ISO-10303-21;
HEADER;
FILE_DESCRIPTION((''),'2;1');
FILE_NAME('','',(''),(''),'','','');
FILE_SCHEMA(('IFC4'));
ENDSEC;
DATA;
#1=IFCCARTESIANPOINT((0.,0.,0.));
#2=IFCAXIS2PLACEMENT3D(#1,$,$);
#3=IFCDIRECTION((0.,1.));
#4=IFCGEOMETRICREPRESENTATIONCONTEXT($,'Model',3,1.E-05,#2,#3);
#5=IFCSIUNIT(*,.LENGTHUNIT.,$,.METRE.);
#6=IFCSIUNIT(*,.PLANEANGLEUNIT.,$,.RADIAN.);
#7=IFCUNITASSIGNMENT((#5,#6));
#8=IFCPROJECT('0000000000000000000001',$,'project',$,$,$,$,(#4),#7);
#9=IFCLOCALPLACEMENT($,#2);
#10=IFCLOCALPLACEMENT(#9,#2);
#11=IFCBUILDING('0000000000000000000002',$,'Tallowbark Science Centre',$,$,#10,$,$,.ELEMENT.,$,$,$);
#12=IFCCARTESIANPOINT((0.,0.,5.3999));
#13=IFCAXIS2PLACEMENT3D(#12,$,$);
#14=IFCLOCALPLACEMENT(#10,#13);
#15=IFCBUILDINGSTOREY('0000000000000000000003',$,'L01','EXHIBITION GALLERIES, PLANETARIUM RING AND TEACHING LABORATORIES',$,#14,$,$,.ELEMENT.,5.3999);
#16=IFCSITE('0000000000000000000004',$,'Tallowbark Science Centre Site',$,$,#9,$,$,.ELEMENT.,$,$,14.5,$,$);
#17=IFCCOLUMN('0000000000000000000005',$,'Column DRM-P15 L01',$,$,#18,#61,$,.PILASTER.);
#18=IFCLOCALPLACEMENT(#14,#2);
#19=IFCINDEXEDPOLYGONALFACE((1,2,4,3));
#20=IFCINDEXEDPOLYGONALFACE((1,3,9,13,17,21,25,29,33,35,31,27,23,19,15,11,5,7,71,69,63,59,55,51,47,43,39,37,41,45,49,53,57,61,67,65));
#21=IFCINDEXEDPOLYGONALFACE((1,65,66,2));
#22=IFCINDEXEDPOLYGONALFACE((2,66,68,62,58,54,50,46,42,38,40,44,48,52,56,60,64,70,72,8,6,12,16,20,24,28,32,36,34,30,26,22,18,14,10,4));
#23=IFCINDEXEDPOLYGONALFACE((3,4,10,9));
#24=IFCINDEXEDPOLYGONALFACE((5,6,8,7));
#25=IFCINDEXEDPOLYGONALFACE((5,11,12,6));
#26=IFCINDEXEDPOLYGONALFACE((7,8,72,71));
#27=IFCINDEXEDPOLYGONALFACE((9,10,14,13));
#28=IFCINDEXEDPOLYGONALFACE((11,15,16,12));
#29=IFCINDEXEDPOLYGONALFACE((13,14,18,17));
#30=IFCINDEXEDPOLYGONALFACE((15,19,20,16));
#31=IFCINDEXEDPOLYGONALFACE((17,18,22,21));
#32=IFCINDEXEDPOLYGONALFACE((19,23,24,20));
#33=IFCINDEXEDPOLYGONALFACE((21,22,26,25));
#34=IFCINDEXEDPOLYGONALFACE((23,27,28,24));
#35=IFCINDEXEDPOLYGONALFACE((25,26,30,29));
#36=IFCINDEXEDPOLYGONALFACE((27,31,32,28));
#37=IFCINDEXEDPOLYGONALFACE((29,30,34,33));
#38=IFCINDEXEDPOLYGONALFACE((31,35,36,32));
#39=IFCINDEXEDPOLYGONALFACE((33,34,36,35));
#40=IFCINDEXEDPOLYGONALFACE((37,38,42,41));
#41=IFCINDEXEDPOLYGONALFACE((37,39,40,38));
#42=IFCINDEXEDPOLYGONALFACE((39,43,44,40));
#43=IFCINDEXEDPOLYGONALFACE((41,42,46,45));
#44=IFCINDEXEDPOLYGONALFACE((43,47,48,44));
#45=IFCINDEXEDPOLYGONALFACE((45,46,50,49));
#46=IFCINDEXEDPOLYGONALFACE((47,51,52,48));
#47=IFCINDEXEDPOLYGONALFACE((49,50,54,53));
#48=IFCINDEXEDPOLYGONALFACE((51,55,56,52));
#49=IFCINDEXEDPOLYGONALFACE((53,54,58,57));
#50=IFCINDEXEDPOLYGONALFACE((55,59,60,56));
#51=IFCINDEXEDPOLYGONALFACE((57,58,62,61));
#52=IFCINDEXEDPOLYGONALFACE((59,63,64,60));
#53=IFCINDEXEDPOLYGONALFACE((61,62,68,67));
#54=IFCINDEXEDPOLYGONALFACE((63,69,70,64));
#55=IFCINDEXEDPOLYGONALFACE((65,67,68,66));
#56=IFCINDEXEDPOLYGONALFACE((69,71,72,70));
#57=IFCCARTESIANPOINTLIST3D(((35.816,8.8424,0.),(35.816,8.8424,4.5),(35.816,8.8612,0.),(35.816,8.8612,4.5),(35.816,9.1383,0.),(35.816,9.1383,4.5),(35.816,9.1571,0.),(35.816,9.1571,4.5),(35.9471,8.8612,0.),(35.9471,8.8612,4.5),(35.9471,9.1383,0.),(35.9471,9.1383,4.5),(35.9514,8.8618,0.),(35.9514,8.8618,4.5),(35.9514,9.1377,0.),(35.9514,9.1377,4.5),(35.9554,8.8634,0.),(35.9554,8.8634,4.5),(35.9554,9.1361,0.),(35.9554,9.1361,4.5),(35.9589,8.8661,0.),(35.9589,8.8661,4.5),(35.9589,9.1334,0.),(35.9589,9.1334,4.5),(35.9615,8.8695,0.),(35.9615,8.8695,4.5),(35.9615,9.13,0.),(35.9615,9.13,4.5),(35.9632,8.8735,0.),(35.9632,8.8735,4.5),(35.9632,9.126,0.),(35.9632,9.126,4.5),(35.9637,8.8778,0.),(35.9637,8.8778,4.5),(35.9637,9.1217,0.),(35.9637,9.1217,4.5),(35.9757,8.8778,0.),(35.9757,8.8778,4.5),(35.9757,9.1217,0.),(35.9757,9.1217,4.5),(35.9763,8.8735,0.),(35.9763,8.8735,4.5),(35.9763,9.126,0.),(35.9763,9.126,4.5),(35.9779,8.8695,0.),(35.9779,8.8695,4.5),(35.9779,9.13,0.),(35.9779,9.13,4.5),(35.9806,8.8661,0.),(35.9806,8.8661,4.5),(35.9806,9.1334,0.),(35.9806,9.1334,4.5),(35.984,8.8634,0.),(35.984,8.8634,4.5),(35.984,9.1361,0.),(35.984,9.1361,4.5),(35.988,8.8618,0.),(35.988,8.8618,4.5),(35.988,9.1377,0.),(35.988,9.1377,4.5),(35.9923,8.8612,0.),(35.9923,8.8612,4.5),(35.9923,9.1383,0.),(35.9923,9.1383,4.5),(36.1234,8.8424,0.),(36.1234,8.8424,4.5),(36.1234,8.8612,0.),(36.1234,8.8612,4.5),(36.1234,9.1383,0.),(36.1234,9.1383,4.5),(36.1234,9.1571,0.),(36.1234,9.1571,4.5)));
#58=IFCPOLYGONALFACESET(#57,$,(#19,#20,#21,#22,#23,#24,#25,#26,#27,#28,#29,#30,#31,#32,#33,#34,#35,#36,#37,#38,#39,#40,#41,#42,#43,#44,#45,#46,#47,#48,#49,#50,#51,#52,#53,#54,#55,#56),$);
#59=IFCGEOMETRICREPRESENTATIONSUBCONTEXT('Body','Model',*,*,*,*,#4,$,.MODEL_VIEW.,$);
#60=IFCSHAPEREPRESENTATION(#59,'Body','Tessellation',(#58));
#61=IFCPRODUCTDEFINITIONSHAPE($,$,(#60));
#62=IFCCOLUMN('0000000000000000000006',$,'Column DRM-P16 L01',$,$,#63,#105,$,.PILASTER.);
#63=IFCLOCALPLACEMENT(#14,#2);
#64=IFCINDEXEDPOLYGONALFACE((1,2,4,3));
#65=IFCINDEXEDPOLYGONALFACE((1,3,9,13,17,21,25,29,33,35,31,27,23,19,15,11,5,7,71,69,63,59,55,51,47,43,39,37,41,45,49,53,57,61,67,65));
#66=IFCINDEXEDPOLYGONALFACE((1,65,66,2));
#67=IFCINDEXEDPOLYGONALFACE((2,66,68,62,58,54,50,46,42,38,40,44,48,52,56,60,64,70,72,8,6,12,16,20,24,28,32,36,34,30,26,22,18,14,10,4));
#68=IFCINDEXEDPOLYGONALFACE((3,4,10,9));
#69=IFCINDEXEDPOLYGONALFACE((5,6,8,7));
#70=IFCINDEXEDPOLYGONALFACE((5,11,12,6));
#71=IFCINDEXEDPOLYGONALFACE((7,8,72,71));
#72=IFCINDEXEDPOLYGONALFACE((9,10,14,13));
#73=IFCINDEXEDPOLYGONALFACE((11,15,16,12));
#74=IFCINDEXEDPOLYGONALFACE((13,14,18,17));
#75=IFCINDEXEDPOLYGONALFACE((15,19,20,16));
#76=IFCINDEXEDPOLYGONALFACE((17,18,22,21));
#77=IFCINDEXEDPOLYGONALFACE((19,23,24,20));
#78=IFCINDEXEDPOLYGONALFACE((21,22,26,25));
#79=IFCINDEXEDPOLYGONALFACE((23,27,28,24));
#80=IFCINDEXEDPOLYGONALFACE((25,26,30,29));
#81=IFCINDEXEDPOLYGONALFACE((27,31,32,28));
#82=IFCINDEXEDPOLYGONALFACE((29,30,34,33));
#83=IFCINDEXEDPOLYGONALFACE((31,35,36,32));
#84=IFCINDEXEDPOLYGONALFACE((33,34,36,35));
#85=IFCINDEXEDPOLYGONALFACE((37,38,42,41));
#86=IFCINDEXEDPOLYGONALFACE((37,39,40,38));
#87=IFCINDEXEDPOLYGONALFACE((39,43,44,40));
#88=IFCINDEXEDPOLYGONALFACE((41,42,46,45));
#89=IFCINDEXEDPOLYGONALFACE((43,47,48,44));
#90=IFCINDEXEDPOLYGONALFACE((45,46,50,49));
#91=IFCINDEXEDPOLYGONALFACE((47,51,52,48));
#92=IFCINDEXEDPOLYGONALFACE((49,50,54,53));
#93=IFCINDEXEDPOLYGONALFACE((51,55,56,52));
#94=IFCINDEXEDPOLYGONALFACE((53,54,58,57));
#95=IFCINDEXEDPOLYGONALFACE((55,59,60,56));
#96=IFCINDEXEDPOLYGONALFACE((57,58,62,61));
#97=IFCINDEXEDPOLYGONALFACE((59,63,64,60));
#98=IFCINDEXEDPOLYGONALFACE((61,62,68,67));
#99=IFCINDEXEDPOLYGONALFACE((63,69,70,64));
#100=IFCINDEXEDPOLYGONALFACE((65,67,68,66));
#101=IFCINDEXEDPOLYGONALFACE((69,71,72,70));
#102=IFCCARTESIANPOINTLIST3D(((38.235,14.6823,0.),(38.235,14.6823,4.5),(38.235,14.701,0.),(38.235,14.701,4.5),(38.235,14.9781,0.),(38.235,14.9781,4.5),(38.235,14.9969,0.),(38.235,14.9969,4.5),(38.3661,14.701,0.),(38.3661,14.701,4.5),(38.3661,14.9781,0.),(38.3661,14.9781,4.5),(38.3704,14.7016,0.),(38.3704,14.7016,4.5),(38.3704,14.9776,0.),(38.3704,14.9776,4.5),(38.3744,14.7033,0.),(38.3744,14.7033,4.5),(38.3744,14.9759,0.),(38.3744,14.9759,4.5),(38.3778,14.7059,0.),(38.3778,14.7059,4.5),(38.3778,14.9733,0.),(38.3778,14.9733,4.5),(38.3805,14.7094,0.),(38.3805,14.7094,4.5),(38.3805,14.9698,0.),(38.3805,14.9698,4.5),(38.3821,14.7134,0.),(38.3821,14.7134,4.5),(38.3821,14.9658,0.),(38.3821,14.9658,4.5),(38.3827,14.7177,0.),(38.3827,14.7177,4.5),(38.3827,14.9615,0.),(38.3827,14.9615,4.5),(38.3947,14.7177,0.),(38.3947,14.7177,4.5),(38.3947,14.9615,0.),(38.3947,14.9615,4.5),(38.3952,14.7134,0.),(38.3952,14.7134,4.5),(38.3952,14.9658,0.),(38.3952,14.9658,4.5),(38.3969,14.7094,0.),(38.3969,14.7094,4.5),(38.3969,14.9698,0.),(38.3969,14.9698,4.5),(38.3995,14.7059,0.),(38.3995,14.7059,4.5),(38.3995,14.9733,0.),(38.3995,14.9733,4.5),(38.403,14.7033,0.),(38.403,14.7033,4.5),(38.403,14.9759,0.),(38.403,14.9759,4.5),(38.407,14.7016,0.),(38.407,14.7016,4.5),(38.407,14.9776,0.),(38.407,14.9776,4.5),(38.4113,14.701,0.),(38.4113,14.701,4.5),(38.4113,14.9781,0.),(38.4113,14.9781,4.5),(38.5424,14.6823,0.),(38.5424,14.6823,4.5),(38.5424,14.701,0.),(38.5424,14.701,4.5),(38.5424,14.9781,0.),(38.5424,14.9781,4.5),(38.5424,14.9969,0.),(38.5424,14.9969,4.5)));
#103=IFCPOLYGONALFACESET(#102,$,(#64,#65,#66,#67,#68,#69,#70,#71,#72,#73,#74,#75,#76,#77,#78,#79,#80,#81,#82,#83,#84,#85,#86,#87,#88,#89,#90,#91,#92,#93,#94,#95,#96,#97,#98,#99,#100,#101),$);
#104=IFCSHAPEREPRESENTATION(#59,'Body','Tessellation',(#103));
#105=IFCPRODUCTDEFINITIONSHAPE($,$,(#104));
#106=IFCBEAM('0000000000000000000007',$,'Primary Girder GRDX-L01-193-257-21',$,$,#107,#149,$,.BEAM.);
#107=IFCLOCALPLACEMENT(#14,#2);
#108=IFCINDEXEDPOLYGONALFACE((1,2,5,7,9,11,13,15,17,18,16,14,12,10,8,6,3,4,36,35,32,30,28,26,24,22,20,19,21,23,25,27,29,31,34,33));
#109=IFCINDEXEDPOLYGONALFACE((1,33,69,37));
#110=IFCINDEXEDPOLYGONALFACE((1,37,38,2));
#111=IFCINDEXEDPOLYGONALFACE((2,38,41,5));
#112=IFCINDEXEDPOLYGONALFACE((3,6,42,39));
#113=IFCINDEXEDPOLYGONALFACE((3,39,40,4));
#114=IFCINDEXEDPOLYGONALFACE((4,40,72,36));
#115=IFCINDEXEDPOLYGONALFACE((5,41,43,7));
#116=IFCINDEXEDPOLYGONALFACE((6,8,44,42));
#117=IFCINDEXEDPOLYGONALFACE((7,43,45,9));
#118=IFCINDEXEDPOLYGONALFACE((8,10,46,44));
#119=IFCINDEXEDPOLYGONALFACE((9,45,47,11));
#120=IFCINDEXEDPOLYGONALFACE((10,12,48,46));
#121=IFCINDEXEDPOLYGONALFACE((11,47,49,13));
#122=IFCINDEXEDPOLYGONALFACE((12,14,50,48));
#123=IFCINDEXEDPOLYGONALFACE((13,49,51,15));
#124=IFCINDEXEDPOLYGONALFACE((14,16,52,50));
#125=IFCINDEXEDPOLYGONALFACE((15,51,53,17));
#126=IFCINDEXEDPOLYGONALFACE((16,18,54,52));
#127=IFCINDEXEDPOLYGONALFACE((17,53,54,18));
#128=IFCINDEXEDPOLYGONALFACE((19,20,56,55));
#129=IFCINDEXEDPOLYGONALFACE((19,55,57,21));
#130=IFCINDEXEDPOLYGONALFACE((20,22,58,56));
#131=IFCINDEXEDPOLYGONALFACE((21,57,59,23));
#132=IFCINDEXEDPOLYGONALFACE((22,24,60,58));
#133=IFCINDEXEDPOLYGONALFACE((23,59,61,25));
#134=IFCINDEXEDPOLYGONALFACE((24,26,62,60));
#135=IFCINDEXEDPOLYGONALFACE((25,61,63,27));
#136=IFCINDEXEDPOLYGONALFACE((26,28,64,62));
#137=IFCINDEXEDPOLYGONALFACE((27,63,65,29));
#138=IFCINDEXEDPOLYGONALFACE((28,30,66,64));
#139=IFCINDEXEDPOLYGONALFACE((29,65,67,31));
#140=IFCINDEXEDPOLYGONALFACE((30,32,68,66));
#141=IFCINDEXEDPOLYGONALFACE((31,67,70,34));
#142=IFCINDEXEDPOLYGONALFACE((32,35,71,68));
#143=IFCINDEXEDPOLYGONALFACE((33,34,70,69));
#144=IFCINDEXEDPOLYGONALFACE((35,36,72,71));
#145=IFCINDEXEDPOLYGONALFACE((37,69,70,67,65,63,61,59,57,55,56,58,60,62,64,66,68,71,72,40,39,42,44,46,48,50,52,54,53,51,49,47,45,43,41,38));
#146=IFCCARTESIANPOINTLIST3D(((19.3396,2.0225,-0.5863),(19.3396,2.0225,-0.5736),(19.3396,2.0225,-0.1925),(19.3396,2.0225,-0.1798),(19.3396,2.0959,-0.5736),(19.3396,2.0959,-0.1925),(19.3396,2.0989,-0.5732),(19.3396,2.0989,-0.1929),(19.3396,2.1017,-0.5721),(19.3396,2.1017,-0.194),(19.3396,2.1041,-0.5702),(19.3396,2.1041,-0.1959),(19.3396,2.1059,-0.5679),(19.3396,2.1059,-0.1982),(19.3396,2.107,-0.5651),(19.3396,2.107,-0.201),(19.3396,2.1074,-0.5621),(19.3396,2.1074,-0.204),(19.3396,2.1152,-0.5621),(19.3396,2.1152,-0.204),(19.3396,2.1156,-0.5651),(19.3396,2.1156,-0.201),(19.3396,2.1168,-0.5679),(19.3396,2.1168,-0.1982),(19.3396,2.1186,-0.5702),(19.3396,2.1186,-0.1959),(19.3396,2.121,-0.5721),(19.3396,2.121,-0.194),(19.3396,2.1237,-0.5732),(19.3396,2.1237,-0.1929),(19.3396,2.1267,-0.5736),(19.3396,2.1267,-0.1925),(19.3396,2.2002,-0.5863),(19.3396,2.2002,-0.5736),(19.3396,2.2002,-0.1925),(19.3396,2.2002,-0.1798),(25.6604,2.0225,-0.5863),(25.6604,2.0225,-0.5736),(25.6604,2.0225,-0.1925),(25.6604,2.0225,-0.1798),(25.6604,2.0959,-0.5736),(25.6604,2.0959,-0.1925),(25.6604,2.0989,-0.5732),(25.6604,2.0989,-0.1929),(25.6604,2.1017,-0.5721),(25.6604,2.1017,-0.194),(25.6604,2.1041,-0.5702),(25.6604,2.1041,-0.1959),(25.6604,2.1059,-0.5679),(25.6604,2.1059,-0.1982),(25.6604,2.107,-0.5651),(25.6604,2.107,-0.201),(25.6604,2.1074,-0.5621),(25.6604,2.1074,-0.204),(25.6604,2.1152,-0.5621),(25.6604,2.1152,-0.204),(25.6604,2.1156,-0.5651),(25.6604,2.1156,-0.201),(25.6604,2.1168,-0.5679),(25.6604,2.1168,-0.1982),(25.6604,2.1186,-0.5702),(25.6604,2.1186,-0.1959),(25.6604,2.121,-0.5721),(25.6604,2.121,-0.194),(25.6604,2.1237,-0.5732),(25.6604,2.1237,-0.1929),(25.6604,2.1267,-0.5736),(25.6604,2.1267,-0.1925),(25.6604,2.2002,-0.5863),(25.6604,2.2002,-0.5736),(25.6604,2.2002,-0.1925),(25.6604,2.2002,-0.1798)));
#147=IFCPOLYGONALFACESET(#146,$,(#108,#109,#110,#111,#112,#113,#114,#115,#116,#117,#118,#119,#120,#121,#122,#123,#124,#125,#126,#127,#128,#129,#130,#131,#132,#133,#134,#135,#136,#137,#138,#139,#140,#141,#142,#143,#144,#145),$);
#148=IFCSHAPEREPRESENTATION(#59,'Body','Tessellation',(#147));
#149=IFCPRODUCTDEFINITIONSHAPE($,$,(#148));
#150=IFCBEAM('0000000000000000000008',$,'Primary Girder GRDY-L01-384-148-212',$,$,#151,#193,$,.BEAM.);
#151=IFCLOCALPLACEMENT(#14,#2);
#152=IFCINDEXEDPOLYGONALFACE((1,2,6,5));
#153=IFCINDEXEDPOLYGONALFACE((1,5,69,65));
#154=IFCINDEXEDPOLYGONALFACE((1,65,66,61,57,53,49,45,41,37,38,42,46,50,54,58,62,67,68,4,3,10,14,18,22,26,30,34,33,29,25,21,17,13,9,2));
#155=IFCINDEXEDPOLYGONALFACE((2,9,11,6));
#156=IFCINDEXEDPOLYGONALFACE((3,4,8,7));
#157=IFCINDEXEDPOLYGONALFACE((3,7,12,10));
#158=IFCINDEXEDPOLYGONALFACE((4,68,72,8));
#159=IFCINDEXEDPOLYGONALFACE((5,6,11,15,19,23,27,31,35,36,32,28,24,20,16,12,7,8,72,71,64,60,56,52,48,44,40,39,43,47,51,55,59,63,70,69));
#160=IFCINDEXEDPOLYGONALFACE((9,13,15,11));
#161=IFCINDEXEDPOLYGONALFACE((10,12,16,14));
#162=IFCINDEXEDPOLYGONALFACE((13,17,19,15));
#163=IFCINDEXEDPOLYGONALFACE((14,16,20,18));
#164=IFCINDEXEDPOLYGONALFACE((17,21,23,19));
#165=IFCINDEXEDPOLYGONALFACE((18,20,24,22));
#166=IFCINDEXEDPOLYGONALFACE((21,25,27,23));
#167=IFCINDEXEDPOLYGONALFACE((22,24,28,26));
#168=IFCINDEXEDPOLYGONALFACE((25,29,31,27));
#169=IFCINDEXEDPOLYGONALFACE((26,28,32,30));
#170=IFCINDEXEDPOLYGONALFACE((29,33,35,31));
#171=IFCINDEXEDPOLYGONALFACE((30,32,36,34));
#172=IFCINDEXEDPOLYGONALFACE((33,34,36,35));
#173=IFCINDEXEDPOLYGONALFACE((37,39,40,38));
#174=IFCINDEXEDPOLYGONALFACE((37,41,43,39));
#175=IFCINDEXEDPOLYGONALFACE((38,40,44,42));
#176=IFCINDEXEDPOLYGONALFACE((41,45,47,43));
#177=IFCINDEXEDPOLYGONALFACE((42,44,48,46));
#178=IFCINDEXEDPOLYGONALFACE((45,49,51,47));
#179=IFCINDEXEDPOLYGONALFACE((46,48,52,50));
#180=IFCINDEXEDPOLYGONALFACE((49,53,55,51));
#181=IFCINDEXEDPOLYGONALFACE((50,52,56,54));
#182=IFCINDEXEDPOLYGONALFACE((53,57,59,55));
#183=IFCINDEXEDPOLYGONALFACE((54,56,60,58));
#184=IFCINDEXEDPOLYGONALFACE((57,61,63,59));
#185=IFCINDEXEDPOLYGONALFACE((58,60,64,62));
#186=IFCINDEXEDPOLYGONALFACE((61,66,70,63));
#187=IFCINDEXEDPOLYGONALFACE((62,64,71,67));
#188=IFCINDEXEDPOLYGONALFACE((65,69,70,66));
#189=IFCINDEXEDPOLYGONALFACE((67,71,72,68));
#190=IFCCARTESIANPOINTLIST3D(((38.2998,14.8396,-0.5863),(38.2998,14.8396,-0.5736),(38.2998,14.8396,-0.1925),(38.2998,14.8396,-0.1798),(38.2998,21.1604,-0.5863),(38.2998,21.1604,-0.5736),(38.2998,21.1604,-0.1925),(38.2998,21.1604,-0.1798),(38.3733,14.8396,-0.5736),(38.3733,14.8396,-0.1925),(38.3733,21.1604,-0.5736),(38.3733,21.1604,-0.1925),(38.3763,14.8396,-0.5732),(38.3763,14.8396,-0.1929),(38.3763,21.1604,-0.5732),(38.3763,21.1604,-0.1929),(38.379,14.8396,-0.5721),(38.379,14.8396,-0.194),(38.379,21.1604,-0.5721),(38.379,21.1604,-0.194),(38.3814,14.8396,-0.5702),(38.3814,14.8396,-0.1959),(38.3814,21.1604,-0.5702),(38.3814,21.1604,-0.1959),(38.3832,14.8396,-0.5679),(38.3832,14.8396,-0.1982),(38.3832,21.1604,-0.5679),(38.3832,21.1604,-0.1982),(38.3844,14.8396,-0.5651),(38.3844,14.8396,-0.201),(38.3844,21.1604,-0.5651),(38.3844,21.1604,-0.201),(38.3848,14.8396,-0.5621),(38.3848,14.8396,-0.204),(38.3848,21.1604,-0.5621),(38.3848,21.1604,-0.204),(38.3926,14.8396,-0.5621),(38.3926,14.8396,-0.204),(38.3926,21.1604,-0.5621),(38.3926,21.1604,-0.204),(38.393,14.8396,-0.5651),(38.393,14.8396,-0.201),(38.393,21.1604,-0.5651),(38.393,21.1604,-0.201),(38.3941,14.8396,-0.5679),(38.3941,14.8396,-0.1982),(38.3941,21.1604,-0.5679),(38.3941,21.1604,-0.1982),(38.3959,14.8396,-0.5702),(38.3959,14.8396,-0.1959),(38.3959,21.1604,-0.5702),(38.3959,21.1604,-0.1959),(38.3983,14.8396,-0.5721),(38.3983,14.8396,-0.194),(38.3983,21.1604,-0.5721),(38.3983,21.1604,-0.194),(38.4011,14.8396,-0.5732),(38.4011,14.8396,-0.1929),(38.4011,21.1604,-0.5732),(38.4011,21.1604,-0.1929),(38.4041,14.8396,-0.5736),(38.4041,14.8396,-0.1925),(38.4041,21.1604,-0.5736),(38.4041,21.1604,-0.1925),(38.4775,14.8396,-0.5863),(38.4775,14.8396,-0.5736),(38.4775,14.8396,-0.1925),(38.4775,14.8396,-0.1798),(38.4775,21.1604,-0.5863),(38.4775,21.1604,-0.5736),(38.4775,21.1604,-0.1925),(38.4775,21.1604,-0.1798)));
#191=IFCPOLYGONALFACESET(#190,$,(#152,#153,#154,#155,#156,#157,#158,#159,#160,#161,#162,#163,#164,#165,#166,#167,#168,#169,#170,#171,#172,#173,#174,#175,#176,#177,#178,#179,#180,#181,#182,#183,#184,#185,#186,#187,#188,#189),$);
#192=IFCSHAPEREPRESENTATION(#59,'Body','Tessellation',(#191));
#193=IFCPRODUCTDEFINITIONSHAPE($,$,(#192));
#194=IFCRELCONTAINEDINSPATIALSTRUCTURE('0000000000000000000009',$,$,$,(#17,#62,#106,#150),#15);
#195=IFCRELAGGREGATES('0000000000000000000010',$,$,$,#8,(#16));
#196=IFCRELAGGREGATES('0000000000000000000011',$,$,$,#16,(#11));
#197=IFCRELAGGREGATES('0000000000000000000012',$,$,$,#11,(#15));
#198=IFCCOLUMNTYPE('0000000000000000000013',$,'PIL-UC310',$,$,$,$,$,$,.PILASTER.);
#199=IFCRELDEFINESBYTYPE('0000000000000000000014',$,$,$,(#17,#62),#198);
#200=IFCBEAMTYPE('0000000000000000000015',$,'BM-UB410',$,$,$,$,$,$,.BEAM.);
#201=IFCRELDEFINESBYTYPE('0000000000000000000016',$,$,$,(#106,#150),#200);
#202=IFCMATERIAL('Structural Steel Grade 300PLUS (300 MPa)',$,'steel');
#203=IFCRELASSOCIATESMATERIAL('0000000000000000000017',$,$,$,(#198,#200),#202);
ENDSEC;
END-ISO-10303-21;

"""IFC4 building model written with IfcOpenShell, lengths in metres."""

from ifc_helpers import new_model, si_unit, direction, frame, origin, origin_2d, place, context, subcontext, project, spatial, i_section, extrude, material, material_profile, profile_set, type_object, element, save


model = new_model("IFC4")

# Units and contexts
model_context = context("Model", 3, precision=1e-05, world=origin(), true_north=direction((0.0, 1.0)))
body_context = subcontext(model_context, "Body", "Model", "MODEL_VIEW")
ifc_project = project(units=[si_unit("LENGTHUNIT", "METRE"), si_unit("PLANEANGLEUNIT", "RADIAN")], contexts=[model_context])

# Site, building, storey
site_placement = place(None, origin())
site = spatial("IfcSite", under=ifc_project, at=site_placement, Name="Tallowbark Science Centre Site", CompositionType="ELEMENT", RefElevation=14.5)
building_placement = place(site_placement, origin())
building = spatial("IfcBuilding", under=site, at=building_placement, Name="Tallowbark Science Centre", CompositionType="ELEMENT")
storey_placement = place(building_placement, frame((0.0, 0.0, 5.3999)))
storey = spatial("IfcBuildingStorey", under=building, at=storey_placement, Name="L01", Description="EXHIBITION GALLERIES, PLANETARIUM RING AND TEACHING LABORATORIES", CompositionType="ELEMENT", Elevation=5.3999)

# Columns
ifc_material_1 = material(Name="Structural Steel Grade 300PLUS (300 MPa)", Category="steel")
ifc_material_profile_1 = material_profile(ifc_material_1, i_section(OverallWidth=0.3074, OverallDepth=0.3147, WebThickness=0.012, FlangeThickness=0.0188, FilletRadius=0.0166, at=origin_2d()), Name="310UC118")
ifc_profile_set_1 = profile_set([ifc_material_profile_1], Name="Structural Steel Grade 300PLUS (300 MPa)")
column_type = type_object("IfcColumnType", Name="PIL-UC310", PredefinedType="PILASTER", material=ifc_profile_set_1)
for number, where, z_axis, x_axis, name in (
    (1, (35.9697, 8.9998, 0.0), (0.0, 0.0, 1.0), (1.0, 0.0, 0.0), "Column DRM-P15 L01"),
    (2, (38.3887, 14.8396, 0.0), (0.0, 0.0, 1.0), (1.0, 0.0, 0.0), "Column DRM-P16 L01"),
):
    element("IfcColumn", number, at=place(storey_placement, frame(where, z_axis=z_axis, x_axis=x_axis)), inside=storey, type_object=column_type, Name=name, PredefinedType="PILASTER", context=body_context, shape_type="SweptSolid", body=[
        extrude(i_section(OverallWidth=0.3074, OverallDepth=0.3147, WebThickness=0.012, FlangeThickness=0.0188, FilletRadius=0.0166, at=origin_2d()), origin(), (0.0, 0.0, 1.0), 4.5),
    ])

# Beams
ifc_material_profile_2 = material_profile(ifc_material_1, i_section(OverallWidth=0.1777, OverallDepth=0.4065, WebThickness=0.0078, FlangeThickness=0.0127, FilletRadius=0.0115, at=origin_2d()), Name="410UB59.7")
ifc_profile_set_2 = profile_set([ifc_material_profile_2], Name="Structural Steel Grade 300PLUS (300 MPa)")
beam_type_1 = type_object("IfcBeamType", Name="BM-UB410", PredefinedType="BEAM", material=ifc_profile_set_2)
for number, where, z_axis, x_axis, name in (
    (3, (19.3396, 2.1113, -0.3831), (1.0, 0.0, 0.0), (0.0, 1.0, 0.0), "Primary Girder GRDX-L01-193-257-21"),
    (4, (38.3887, 14.8396, -0.3831), (0.0, 1.0, 0.0), (-1.0, 0.0, 0.0), "Primary Girder GRDY-L01-384-148-212"),
):
    element("IfcBeam", number, at=place(storey_placement, frame(where, z_axis=z_axis, x_axis=x_axis)), inside=storey, type_object=beam_type_1, Name=name, PredefinedType="BEAM", context=body_context, shape_type="SweptSolid", body=[
        extrude(i_section(OverallWidth=0.1777, OverallDepth=0.4065, WebThickness=0.0078, FlangeThickness=0.0127, FilletRadius=0.0115, at=origin_2d()), origin(), (0.0, 0.0, 1.0), 6.3208),
    ])

save(model, "model.ifc")
